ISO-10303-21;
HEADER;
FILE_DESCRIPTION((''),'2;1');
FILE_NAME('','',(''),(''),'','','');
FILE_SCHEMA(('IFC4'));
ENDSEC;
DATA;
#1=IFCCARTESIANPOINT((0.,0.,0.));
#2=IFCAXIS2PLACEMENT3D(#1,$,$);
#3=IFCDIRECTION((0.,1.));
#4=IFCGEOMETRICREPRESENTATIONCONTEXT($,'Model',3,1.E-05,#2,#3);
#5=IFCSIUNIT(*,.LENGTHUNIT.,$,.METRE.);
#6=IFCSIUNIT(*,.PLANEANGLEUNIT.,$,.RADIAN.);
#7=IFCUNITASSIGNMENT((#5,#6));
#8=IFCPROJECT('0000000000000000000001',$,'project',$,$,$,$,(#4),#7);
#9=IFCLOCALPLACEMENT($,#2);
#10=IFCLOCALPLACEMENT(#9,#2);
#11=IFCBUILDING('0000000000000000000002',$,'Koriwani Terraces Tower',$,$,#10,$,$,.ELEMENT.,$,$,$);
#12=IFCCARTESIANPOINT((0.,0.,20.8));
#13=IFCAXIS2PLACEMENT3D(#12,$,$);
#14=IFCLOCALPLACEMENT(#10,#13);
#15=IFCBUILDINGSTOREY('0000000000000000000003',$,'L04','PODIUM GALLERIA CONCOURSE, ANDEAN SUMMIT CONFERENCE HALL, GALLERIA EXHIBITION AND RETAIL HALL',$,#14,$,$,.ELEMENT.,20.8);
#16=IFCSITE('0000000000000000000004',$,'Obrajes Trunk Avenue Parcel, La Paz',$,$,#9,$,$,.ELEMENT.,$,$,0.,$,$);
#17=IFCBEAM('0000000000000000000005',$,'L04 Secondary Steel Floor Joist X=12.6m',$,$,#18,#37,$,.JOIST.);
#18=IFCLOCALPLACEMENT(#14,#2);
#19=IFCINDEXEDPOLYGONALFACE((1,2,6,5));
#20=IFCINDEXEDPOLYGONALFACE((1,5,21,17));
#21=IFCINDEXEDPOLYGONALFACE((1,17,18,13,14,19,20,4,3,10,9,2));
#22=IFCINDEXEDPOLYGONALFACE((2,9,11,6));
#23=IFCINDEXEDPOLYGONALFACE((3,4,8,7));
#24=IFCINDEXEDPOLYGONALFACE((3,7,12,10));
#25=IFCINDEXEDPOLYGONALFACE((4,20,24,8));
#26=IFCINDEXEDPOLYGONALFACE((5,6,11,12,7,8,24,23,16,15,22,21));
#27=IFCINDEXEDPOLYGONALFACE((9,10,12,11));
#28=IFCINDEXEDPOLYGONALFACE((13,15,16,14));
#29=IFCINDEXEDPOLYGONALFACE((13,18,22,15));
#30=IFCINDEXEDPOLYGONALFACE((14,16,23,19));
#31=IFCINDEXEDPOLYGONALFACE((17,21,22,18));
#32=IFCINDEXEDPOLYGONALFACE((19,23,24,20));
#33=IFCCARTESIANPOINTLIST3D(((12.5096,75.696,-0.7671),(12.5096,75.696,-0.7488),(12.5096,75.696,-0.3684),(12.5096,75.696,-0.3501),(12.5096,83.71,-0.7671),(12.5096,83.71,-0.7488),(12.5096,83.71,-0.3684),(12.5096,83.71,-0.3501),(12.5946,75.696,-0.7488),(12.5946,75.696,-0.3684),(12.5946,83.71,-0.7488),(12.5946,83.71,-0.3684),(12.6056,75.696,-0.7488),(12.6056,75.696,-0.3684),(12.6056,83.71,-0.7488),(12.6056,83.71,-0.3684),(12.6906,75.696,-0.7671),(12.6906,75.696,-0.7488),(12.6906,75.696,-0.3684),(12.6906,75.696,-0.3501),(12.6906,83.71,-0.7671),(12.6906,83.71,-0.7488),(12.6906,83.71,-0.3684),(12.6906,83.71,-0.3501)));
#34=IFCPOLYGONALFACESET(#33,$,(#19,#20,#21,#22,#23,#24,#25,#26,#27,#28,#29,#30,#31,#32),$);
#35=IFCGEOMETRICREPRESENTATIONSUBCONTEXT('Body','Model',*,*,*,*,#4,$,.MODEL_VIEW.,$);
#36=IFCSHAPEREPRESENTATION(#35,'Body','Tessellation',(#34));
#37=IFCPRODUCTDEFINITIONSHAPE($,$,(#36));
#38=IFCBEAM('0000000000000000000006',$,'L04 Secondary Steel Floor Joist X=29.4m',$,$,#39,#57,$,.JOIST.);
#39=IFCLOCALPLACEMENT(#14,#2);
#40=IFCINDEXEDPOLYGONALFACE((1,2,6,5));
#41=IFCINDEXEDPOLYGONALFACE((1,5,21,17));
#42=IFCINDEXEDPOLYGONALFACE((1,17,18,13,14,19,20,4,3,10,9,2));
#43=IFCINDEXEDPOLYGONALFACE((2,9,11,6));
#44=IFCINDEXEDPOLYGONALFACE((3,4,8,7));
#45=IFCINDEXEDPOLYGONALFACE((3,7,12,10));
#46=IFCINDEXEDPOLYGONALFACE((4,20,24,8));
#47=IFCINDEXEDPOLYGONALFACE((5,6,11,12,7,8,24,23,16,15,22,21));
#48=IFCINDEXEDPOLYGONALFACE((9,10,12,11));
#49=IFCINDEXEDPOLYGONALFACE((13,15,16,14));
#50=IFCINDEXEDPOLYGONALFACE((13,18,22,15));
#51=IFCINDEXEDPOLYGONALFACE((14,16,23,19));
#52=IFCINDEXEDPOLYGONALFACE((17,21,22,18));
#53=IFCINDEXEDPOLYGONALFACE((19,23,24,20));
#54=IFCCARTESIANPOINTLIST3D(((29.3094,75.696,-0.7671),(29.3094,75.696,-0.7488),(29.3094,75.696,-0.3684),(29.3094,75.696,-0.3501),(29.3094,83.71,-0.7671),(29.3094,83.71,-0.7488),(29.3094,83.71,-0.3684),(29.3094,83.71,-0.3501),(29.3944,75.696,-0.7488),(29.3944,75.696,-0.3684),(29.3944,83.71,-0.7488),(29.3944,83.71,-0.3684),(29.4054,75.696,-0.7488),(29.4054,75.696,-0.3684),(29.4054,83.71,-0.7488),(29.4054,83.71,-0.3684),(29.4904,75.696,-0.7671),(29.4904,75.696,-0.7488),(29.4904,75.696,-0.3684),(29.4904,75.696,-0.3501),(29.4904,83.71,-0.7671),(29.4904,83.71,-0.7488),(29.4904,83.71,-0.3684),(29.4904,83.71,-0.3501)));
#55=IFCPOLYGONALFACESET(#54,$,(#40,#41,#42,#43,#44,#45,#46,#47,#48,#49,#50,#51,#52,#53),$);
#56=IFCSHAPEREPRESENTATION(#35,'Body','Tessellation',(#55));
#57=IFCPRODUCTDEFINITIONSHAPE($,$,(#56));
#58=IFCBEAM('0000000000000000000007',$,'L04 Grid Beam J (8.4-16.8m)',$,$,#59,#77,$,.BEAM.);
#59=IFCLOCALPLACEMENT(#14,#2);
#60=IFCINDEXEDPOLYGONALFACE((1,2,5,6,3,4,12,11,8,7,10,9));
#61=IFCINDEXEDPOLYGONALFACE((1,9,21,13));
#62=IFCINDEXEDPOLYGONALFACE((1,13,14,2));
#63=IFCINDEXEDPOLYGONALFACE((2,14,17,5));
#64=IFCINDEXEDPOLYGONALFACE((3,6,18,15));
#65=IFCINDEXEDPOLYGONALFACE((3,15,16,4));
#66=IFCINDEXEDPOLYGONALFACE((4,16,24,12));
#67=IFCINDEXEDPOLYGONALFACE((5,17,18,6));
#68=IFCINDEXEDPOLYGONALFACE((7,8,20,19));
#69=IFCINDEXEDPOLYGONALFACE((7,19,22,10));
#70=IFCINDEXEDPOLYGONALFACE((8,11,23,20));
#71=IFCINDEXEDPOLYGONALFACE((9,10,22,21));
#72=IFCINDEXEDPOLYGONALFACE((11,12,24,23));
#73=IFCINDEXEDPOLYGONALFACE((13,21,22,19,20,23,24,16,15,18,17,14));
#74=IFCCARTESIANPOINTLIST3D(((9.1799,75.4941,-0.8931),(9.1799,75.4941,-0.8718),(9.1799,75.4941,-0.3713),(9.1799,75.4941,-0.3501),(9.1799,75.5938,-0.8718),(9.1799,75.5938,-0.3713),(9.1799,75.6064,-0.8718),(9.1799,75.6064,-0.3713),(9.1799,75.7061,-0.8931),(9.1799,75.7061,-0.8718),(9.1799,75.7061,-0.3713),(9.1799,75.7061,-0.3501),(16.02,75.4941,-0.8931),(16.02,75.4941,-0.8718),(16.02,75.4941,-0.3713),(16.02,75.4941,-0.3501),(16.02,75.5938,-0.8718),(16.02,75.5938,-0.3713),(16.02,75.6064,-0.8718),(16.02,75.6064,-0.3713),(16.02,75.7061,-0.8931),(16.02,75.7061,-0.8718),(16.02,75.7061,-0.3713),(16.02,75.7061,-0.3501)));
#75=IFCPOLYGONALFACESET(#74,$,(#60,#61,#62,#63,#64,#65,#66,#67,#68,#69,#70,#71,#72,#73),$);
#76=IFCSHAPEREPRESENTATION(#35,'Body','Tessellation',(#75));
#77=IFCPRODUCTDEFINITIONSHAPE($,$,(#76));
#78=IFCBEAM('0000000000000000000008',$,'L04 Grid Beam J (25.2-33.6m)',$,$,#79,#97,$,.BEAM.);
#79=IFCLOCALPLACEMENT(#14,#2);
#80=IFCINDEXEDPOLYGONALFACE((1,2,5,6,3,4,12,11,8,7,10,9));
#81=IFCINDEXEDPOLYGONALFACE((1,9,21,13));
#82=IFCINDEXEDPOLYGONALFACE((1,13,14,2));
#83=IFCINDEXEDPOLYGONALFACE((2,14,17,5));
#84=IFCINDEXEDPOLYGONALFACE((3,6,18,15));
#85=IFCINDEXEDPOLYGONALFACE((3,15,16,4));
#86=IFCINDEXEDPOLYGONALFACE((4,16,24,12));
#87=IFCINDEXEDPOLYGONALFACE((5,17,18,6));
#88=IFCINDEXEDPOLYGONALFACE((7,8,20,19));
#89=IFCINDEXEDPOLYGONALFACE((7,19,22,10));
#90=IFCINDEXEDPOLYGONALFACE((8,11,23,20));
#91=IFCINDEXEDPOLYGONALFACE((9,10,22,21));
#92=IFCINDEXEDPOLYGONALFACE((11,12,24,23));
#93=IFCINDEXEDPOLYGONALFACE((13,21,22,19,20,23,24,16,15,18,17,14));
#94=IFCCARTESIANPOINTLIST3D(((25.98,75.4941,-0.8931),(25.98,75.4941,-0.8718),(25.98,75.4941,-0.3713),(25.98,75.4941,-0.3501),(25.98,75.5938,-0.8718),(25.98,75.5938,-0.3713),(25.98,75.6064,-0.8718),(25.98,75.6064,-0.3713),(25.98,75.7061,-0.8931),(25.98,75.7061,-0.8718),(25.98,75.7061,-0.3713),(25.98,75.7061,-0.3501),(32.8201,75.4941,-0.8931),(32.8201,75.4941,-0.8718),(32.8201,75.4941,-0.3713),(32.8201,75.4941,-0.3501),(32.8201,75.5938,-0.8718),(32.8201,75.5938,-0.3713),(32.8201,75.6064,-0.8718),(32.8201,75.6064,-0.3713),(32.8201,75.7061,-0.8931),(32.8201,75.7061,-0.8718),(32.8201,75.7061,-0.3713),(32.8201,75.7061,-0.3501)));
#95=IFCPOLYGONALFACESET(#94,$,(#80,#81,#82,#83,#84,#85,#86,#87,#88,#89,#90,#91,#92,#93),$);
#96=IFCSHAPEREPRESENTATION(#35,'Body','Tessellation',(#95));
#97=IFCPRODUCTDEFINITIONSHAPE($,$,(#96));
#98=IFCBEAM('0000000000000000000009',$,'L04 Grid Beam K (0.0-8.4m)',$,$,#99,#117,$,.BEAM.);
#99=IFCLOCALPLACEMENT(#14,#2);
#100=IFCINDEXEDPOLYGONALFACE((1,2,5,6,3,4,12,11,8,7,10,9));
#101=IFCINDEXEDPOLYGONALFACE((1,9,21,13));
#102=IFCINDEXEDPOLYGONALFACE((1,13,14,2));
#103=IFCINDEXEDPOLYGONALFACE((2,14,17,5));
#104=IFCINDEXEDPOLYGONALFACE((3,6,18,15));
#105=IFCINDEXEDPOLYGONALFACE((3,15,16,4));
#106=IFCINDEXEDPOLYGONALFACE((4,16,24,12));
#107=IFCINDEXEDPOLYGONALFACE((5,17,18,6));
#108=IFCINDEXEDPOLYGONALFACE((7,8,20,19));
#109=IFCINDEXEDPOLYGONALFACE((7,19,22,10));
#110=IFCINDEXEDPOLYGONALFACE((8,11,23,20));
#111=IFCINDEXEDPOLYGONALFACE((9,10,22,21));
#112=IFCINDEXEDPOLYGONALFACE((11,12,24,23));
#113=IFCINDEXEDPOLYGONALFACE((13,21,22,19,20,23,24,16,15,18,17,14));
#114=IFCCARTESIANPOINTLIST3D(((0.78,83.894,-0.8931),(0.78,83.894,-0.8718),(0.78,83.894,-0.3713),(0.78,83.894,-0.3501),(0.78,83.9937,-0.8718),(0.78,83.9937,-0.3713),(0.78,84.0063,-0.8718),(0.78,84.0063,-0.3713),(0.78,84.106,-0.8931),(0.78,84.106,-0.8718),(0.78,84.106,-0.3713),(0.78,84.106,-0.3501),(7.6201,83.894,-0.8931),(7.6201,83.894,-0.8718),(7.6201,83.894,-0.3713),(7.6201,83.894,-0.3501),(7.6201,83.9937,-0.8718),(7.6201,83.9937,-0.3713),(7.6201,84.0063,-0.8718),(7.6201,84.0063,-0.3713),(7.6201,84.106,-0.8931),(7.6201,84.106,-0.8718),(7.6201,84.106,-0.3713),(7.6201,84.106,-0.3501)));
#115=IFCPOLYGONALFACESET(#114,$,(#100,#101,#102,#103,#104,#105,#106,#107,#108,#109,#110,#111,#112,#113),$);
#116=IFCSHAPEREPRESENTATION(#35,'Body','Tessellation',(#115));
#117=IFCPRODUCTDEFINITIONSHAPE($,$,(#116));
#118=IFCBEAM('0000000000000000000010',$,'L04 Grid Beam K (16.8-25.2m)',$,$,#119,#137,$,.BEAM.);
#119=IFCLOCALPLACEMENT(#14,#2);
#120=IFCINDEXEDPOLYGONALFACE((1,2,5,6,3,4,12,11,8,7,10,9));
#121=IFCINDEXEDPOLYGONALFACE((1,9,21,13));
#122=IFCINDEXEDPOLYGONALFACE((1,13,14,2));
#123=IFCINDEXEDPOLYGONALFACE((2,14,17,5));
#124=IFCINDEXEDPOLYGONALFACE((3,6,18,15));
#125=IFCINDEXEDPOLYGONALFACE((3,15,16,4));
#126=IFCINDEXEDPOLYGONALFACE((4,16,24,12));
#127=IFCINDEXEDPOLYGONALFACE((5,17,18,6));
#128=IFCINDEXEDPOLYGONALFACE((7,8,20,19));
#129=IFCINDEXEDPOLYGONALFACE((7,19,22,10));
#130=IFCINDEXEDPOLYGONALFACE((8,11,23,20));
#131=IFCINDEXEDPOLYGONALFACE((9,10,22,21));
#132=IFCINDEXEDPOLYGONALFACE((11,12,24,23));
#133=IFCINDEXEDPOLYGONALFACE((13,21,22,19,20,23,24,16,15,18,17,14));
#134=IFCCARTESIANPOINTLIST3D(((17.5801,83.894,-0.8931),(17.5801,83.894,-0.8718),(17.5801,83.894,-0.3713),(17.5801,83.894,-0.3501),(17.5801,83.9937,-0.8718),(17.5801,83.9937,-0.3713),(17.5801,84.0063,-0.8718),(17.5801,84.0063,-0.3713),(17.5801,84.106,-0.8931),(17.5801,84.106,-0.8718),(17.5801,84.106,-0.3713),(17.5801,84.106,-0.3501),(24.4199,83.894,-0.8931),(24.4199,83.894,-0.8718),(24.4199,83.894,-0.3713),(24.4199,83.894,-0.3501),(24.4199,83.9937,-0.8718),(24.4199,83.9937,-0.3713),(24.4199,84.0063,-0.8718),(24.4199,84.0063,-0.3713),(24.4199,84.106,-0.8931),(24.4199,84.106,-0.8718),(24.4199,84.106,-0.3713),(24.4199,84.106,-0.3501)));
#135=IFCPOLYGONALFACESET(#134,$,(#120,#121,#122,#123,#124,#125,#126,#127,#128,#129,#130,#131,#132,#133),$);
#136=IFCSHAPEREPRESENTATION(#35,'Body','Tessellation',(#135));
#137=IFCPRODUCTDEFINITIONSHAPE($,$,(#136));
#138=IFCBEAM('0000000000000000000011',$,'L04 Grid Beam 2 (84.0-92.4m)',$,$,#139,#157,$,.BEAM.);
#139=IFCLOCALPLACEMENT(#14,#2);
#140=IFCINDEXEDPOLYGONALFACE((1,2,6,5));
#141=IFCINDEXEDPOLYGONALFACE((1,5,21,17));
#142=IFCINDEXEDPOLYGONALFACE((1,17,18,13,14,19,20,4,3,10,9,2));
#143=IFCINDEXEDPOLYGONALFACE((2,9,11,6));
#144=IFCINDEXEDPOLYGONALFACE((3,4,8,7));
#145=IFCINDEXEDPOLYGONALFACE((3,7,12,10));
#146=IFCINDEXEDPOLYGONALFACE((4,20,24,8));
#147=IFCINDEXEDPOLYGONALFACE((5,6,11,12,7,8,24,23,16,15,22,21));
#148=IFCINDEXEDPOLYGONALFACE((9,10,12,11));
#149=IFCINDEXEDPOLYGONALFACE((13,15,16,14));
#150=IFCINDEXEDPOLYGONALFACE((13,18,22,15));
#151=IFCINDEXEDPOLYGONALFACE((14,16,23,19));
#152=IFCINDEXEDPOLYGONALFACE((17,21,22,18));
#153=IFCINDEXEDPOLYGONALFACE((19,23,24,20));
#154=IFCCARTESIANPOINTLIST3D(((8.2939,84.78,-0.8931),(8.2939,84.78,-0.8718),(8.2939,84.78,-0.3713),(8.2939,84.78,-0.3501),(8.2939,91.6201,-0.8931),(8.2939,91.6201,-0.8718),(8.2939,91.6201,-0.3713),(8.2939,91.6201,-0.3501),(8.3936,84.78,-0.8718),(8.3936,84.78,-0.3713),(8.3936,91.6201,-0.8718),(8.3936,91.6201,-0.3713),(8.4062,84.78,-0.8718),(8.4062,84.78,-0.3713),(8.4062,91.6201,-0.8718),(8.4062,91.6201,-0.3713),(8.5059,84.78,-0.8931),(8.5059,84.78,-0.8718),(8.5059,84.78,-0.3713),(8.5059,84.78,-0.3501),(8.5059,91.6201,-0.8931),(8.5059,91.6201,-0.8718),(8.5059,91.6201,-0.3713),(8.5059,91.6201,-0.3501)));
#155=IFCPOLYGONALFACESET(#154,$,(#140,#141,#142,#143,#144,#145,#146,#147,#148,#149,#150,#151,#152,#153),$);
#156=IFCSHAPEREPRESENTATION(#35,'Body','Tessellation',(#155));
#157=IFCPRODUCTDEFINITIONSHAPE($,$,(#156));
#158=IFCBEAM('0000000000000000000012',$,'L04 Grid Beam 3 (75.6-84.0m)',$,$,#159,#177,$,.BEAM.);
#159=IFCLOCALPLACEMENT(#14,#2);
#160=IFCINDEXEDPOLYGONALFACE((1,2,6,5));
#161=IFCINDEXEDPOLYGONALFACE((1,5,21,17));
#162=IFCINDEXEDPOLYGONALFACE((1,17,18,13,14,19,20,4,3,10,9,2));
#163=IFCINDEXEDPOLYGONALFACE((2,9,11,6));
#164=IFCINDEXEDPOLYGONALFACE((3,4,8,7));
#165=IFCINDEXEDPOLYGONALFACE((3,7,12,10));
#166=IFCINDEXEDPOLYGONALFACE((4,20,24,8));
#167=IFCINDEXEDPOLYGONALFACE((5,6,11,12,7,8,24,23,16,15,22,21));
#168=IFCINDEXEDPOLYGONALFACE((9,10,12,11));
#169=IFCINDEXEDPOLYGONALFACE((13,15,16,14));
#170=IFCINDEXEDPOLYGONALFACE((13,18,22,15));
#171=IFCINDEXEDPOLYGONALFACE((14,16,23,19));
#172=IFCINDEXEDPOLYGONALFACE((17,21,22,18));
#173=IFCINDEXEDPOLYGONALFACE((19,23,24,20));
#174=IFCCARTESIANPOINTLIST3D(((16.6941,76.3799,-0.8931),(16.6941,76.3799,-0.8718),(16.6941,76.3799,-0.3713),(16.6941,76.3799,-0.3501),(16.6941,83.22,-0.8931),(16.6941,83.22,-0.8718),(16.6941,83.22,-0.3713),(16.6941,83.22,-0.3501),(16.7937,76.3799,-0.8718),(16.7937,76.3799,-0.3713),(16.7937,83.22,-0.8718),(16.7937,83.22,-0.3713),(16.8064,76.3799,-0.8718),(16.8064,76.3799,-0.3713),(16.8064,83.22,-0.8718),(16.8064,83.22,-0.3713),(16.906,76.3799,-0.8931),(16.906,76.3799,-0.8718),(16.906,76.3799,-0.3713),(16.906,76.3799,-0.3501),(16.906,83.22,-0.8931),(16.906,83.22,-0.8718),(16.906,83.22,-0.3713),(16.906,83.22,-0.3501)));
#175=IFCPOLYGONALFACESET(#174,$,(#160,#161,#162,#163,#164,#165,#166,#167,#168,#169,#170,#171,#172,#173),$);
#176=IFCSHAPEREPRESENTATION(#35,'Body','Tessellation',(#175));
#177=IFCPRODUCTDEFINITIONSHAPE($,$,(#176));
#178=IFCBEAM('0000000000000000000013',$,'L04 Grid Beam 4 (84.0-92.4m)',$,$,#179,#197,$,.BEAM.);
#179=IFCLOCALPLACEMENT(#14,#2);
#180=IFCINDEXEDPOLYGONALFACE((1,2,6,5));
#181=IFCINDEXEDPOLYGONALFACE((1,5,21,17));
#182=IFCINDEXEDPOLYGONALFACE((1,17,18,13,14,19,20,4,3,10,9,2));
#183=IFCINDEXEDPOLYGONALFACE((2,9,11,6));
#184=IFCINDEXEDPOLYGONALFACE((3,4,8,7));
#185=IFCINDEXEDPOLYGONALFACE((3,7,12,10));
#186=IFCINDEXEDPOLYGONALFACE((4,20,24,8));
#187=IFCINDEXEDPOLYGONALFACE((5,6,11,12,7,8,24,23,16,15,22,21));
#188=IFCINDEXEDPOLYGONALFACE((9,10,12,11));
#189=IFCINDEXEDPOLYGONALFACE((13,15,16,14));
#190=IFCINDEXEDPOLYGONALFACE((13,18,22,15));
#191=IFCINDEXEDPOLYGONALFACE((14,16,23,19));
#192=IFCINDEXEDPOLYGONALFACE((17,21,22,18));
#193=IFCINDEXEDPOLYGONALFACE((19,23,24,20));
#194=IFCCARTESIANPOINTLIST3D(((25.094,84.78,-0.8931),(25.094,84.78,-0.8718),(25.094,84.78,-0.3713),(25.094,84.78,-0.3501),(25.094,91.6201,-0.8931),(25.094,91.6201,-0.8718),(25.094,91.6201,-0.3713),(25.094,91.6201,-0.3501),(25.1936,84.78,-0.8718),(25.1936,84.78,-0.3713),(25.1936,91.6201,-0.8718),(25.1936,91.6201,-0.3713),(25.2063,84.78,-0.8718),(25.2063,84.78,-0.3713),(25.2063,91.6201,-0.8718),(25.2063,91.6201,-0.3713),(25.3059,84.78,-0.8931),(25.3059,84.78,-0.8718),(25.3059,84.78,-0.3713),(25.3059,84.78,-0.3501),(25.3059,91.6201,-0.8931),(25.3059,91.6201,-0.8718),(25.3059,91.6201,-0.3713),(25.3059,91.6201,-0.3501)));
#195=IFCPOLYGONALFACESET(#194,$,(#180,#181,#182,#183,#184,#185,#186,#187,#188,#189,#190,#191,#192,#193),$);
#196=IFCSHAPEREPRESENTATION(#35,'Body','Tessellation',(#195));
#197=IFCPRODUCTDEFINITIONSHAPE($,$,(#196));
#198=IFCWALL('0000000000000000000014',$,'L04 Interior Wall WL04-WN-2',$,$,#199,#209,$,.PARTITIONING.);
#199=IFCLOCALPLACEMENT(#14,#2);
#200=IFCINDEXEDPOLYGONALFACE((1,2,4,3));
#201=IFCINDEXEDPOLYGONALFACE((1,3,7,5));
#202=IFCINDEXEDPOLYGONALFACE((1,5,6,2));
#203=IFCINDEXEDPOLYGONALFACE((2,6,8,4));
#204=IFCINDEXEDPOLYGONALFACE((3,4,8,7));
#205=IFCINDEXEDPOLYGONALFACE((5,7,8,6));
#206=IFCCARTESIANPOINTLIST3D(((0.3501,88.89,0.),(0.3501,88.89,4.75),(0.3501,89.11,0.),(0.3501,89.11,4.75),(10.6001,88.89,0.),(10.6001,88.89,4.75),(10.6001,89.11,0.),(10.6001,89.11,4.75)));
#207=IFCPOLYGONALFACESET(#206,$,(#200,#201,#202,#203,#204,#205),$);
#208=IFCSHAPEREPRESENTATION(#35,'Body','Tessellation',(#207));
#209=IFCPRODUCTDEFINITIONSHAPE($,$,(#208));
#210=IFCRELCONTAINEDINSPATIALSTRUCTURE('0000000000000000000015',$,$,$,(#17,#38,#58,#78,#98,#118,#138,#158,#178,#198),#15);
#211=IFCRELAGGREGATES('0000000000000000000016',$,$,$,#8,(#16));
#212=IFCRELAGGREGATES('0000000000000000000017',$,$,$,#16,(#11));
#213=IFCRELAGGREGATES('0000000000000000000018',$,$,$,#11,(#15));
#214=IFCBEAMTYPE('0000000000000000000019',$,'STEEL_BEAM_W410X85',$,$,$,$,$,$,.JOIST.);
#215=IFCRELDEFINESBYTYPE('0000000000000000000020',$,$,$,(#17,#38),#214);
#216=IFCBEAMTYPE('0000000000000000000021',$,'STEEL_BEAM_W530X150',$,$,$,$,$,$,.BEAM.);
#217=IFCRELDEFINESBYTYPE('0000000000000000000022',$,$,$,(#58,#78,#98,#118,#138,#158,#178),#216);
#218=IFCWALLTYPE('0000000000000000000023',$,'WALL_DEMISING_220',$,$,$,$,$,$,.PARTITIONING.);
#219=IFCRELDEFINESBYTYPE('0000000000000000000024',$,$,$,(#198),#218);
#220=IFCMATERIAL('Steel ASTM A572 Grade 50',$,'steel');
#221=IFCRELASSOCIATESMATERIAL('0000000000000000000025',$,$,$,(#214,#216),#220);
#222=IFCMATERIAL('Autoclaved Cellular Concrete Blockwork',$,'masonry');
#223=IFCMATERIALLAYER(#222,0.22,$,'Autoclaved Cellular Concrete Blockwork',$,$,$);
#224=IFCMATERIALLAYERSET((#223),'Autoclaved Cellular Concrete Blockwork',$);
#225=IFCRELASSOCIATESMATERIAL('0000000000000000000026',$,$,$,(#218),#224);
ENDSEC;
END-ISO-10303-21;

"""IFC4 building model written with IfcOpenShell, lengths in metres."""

from ifc_helpers import new_model, si_unit, direction, frame, frame_2d, origin, origin_2d, place, context, subcontext, project, spatial, rectangle, i_section, extrude, material, layer, layer_set, material_profile, profile_set, type_object, element, save


model = new_model("IFC4")

# Units and contexts
model_context = context("Model", 3, precision=1e-05, world=origin(), true_north=direction((0.0, 1.0)))
body_context = subcontext(model_context, "Body", "Model", "MODEL_VIEW")
ifc_project = project(units=[si_unit("LENGTHUNIT", "METRE"), si_unit("PLANEANGLEUNIT", "RADIAN")], contexts=[model_context])

# Site, building, storey
site_placement = place(None, origin())
site = spatial("IfcSite", under=ifc_project, at=site_placement, Name="Obrajes Trunk Avenue Parcel, La Paz", CompositionType="ELEMENT", RefElevation=0.0)
building_placement = place(site_placement, origin())
building = spatial("IfcBuilding", under=site, at=building_placement, Name="Koriwani Terraces Tower", CompositionType="ELEMENT")
storey_placement = place(building_placement, frame((0.0, 0.0, 20.8)))
storey = spatial("IfcBuildingStorey", under=building, at=storey_placement, Name="L04", Description="PODIUM GALLERIA CONCOURSE, ANDEAN SUMMIT CONFERENCE HALL, GALLERIA EXHIBITION AND RETAIL HALL", CompositionType="ELEMENT", Elevation=20.8)

# Beams
ifc_material_1 = material(Name="Steel ASTM A572 Grade 50", Category="steel")
ifc_material_profile_1 = material_profile(ifc_material_1, i_section(OverallWidth=0.1809, OverallDepth=0.417, WebThickness=0.011, FlangeThickness=0.0183, at=origin_2d()), Name="Steel ASTM A572 Grade 50", Category="LoadBearing")
ifc_profile_set_1 = profile_set([ifc_material_profile_1], Name="Steel ASTM A572 Grade 50")
beam_type_1 = type_object("IfcBeamType", Name="STEEL_BEAM_W410X85", PredefinedType="JOIST", material=ifc_profile_set_1)
for number, where, z_axis, x_axis, name in (
    (1, (12.6001, 75.696, -0.5586), (0.0, 1.0, 0.0), (-1.0, 0.0, 0.0), "L04 Secondary Steel Floor Joist X=12.6m"),
    (2, (29.3999, 75.696, -0.5586), (0.0, 1.0, 0.0), (-1.0, 0.0, 0.0), "L04 Secondary Steel Floor Joist X=29.4m"),
):
    element("IfcBeam", number, at=place(storey_placement, frame(where, z_axis=z_axis, x_axis=x_axis)), inside=storey, type_object=beam_type_1, Name=name, PredefinedType="JOIST", context=body_context, shape_type="SweptSolid", body=[
        extrude(i_section(OverallWidth=0.1809, OverallDepth=0.417, WebThickness=0.011, FlangeThickness=0.0183, at=origin_2d()), origin(), (0.0, 0.0, 1.0), 8.0139),
    ])
ifc_material_profile_2 = material_profile(ifc_material_1, i_section(OverallWidth=0.2119, OverallDepth=0.543, WebThickness=0.0127, FlangeThickness=0.0212, at=origin_2d()), Name="Steel ASTM A572 Grade 50", Category="LoadBearing")
ifc_profile_set_2 = profile_set([ifc_material_profile_2], Name="Steel ASTM A572 Grade 50")
beam_type_2 = type_object("IfcBeamType", Name="STEEL_BEAM_W530X150", PredefinedType="BEAM", material=ifc_profile_set_2)
for number, where, z_axis, x_axis, name in (
    (3, (9.1799, 75.6001, -0.6216), (1.0, 0.0, 0.0), (0.0, 1.0, 0.0), "L04 Grid Beam J (8.4-16.8m)"),
    (4, (25.98, 75.6001, -0.6216), (1.0, 0.0, 0.0), (0.0, 1.0, 0.0), "L04 Grid Beam J (25.2-33.6m)"),
    (5, (0.78, 84.0, -0.6216), (1.0, 0.0, 0.0), (0.0, 1.0, 0.0), "L04 Grid Beam K (0.0-8.4m)"),
):
    element("IfcBeam", number, at=place(storey_placement, frame(where, z_axis=z_axis, x_axis=x_axis)), inside=storey, type_object=beam_type_2, Name=name, PredefinedType="BEAM", context=body_context, shape_type="SweptSolid", body=[
        extrude(i_section(OverallWidth=0.2119, OverallDepth=0.543, WebThickness=0.0127, FlangeThickness=0.0212, at=origin_2d()), origin(), (0.0, 0.0, 1.0), 6.8401),
    ])
beam_1_placement = place(storey_placement, frame((17.5801, 84.0, -0.6216), z_axis=(1.0, 0.0, 0.0), x_axis=(0.0, 1.0, 0.0)))
element("IfcBeam", 6, at=beam_1_placement, inside=storey, type_object=beam_type_2, Name="L04 Grid Beam K (16.8-25.2m)", PredefinedType="BEAM", context=body_context, shape_type="SweptSolid", body=[
    extrude(i_section(OverallWidth=0.2119, OverallDepth=0.543, WebThickness=0.0127, FlangeThickness=0.0212, at=origin_2d()), origin(), (0.0, 0.0, 1.0), 6.8398),
])
for number, where, z_axis, x_axis, name in (
    (7, (8.3999, 84.78, -0.6216), (0.0, 1.0, 0.0), (-1.0, 0.0, 0.0), "L04 Grid Beam 2 (84.0-92.4m)"),
    (8, (16.8, 76.3799, -0.6216), (0.0, 1.0, 0.0), (-1.0, 0.0, 0.0), "L04 Grid Beam 3 (75.6-84.0m)"),
    (9, (25.2, 84.78, -0.6216), (0.0, 1.0, 0.0), (-1.0, 0.0, 0.0), "L04 Grid Beam 4 (84.0-92.4m)"),
):
    element("IfcBeam", number, at=place(storey_placement, frame(where, z_axis=z_axis, x_axis=x_axis)), inside=storey, type_object=beam_type_2, Name=name, PredefinedType="BEAM", context=body_context, shape_type="SweptSolid", body=[
        extrude(i_section(OverallWidth=0.2119, OverallDepth=0.543, WebThickness=0.0127, FlangeThickness=0.0212, at=origin_2d()), origin(), (0.0, 0.0, 1.0), 6.8401),
    ])

# Wall
ifc_material_2 = material(Name="Autoclaved Cellular Concrete Blockwork", Category="masonry")
ifc_layer_1 = layer(ifc_material_2, 0.22, Name="Autoclaved Cellular Concrete Blockwork")
ifc_layer_set_1 = layer_set([ifc_layer_1], Name="Autoclaved Cellular Concrete Blockwork")
wall_type_1 = type_object("IfcWallType", Name="WALL_DEMISING_220", PredefinedType="PARTITIONING", material=ifc_layer_set_1)
wall_1_placement = place(storey_placement, frame((0.3501, 89.0, 0.0), z_axis=(0.0, 0.0, 1.0), x_axis=(1.0, 0.0, 0.0)))
element("IfcWall", 10, at=wall_1_placement, inside=storey, type_object=wall_type_1, Name="L04 Interior Wall WL04-WN-2", PredefinedType="PARTITIONING", context=body_context, shape_type="SweptSolid", body=[
    extrude(rectangle(XDim=10.25, YDim=0.22, at=frame_2d((5.125, 0.0))), origin(), (0.0, 0.0, 1.0), 4.75),
])

save(model, "model.ifc")
